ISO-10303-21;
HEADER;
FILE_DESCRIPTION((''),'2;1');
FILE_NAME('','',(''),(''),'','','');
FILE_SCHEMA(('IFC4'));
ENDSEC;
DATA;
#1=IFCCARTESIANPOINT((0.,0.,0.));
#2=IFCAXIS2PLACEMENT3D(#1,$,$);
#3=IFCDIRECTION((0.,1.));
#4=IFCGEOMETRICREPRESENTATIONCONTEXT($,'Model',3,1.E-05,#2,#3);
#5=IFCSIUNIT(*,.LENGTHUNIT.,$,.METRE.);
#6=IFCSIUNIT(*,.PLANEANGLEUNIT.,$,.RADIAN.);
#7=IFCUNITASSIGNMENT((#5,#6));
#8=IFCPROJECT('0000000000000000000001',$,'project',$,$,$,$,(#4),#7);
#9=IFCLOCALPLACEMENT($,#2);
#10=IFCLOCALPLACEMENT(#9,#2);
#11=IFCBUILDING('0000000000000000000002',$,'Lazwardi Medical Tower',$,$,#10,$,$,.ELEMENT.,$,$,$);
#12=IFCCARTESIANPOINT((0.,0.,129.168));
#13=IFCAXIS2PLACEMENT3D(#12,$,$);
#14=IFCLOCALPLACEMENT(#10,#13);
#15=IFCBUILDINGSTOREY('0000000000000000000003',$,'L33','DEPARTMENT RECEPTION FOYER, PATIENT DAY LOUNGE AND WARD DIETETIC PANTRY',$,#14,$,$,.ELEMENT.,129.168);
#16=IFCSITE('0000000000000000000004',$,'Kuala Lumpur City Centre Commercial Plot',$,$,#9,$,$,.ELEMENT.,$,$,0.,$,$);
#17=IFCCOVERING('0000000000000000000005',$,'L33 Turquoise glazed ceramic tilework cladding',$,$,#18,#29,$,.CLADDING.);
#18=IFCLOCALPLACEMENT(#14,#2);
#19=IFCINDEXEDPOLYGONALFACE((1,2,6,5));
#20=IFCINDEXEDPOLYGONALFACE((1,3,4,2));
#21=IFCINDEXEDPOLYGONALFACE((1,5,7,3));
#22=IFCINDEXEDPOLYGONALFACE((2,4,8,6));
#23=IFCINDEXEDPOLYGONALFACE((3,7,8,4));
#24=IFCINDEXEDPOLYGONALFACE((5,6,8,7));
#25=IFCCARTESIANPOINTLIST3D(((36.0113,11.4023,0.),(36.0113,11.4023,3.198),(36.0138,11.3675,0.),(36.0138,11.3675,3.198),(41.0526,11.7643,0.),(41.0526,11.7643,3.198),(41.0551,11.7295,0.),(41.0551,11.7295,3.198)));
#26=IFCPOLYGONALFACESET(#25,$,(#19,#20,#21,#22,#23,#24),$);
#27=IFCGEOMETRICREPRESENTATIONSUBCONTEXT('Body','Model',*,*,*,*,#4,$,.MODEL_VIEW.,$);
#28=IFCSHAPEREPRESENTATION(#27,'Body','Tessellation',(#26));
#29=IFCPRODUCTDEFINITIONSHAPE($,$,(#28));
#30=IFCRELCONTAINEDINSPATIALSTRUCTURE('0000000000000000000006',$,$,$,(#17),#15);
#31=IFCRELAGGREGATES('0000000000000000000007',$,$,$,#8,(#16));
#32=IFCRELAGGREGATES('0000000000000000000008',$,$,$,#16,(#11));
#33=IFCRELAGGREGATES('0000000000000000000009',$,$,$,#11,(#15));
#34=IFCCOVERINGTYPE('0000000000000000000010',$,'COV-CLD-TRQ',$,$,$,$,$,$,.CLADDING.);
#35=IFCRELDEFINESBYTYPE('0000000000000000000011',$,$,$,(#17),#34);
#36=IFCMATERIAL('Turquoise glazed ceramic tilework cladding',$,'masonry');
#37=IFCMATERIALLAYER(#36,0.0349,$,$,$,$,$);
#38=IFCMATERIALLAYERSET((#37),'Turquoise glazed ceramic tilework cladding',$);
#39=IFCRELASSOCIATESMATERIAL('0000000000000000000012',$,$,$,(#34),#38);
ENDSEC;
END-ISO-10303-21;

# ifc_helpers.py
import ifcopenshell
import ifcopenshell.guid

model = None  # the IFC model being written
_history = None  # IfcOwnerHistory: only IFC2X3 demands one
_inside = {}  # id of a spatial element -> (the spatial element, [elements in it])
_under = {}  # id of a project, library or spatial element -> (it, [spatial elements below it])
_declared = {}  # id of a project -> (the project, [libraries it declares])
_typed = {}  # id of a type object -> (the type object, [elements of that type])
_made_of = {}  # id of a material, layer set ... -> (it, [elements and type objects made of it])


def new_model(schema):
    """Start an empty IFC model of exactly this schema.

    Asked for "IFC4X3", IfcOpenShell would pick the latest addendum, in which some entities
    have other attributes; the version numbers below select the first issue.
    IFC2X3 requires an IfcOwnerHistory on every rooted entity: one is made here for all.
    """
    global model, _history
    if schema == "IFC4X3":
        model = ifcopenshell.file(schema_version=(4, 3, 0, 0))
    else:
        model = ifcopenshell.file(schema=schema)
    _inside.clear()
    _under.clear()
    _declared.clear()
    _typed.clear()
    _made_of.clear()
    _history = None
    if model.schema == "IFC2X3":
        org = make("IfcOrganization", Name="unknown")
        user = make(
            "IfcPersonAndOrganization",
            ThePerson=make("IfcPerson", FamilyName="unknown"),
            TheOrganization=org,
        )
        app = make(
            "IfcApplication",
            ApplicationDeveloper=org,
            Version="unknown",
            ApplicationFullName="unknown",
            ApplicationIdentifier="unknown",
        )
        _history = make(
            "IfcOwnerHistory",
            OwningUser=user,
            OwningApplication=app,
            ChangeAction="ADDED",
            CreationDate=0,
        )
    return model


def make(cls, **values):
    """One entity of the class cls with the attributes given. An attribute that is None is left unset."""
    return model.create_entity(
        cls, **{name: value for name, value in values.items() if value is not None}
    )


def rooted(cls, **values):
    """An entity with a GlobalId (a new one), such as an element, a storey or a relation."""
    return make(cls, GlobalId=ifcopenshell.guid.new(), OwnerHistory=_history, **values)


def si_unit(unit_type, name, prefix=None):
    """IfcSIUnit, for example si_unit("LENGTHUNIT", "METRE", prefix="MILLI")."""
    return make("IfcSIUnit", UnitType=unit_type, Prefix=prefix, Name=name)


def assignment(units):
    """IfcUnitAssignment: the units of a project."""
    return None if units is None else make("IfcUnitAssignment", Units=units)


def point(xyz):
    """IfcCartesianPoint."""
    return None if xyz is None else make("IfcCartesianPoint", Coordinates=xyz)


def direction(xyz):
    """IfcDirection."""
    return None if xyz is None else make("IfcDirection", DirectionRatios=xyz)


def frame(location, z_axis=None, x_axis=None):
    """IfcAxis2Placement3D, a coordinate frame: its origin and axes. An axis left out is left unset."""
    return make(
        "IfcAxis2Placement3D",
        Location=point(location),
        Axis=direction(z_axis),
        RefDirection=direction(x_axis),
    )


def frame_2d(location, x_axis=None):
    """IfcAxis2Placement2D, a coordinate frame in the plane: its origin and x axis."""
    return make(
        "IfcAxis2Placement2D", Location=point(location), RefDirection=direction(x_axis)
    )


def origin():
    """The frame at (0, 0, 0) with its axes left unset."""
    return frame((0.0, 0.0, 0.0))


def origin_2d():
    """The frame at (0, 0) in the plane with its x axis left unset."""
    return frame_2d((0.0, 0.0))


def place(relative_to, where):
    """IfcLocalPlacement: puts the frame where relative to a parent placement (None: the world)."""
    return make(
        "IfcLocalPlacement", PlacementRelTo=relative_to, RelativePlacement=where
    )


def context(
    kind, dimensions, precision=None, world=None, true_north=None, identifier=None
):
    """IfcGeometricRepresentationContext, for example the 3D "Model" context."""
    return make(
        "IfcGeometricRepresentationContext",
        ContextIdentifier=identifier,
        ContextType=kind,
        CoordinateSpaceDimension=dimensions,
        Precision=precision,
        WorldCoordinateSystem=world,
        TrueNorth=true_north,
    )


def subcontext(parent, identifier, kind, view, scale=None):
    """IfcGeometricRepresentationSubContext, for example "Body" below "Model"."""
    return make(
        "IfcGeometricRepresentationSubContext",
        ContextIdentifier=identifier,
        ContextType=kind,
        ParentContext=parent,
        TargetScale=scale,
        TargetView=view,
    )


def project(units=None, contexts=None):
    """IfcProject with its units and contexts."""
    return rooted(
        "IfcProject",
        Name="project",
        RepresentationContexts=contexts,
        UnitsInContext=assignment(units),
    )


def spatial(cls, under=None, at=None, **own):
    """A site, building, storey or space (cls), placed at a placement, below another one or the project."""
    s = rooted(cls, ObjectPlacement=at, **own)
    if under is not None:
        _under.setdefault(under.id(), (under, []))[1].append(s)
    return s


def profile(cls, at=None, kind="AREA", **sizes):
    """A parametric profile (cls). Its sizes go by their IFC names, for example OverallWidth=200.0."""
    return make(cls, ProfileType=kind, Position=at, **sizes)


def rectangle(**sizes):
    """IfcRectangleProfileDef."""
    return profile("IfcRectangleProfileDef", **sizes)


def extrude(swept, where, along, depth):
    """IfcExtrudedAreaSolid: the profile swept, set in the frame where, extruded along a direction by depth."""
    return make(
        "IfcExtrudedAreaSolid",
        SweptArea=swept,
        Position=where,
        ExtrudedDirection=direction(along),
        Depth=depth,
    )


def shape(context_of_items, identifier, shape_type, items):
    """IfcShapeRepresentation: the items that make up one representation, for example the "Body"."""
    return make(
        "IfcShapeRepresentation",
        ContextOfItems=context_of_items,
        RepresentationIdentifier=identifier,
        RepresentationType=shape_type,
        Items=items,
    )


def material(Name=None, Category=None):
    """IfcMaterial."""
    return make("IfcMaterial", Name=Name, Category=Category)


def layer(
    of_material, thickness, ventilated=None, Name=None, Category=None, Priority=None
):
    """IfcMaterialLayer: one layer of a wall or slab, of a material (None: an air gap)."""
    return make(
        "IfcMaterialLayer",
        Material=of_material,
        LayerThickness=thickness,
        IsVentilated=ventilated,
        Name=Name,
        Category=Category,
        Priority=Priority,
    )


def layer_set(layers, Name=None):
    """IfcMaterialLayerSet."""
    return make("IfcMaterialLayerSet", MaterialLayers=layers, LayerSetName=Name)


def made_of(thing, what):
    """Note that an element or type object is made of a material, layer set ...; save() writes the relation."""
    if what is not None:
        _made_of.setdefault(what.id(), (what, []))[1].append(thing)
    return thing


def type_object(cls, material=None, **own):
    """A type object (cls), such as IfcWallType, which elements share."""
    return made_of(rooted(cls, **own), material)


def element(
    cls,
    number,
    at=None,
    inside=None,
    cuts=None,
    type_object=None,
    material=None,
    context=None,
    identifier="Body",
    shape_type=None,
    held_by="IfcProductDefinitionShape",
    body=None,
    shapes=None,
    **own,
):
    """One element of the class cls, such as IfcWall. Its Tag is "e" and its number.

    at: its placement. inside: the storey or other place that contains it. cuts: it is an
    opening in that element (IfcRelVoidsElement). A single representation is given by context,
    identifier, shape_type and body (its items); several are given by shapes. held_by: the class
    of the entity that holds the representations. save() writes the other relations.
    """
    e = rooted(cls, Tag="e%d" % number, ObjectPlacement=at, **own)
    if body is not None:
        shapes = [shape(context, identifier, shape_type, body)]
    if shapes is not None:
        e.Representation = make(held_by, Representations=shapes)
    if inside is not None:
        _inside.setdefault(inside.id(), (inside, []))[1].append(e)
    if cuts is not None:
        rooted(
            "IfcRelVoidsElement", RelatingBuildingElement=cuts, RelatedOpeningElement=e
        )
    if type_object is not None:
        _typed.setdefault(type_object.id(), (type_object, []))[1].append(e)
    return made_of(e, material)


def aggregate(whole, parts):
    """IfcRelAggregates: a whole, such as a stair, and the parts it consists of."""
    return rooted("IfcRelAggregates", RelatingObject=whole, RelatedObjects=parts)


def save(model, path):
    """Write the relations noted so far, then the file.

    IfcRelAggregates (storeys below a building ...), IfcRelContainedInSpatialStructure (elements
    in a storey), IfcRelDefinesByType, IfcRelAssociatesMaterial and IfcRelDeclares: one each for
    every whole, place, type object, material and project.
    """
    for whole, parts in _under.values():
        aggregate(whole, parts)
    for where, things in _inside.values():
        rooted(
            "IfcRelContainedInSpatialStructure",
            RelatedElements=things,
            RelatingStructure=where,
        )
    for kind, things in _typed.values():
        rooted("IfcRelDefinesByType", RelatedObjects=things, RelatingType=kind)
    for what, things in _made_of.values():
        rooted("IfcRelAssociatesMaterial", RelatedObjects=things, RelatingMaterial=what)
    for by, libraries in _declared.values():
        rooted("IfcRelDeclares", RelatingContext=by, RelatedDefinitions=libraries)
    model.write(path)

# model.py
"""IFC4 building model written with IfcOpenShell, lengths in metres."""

from ifc_helpers import new_model, si_unit, direction, frame, origin, origin_2d, place, context, subcontext, project, spatial, rectangle, extrude, material, layer, layer_set, type_object, element, save


model = new_model("IFC4")

# Units and contexts
model_context = context("Model", 3, precision=1e-05, world=origin(), true_north=direction((0.0, 1.0)))
body_context = subcontext(model_context, "Body", "Model", "MODEL_VIEW")
ifc_project = project(units=[si_unit("LENGTHUNIT", "METRE"), si_unit("PLANEANGLEUNIT", "RADIAN")], contexts=[model_context])

# Site, building, storey
site_placement = place(None, origin())
site = spatial("IfcSite", under=ifc_project, at=site_placement, Name="Kuala Lumpur City Centre Commercial Plot", CompositionType="ELEMENT", RefElevation=0.0)
building_placement = place(site_placement, origin())
building = spatial("IfcBuilding", under=site, at=building_placement, Name="Lazwardi Medical Tower", CompositionType="ELEMENT")
storey_placement = place(building_placement, frame((0.0, 0.0, 129.168)))
storey = spatial("IfcBuildingStorey", under=building, at=storey_placement, Name="L33", Description="DEPARTMENT RECEPTION FOYER, PATIENT DAY LOUNGE AND WARD DIETETIC PANTRY", CompositionType="ELEMENT", Elevation=129.168)

# Covering
ifc_material_1 = material(Name="Turquoise glazed ceramic tilework cladding", Category="masonry")
ifc_layer_1 = layer(ifc_material_1, 0.0349)
ifc_layer_set_1 = layer_set([ifc_layer_1], Name="Turquoise glazed ceramic tilework cladding")
covering_type_1 = type_object("IfcCoveringType", Name="COV-CLD-TRQ", PredefinedType="CLADDING", material=ifc_layer_set_1)
covering_1_placement = place(storey_placement, frame((38.5332, 11.5659, 0.0), z_axis=(0.0, 0.0, 1.0), x_axis=(0.997432, 0.071625, 0.0)))
element("IfcCovering", 1, at=covering_1_placement, inside=storey, type_object=covering_type_1, Name="L33 Turquoise glazed ceramic tilework cladding", PredefinedType="CLADDING", context=body_context, shape_type="SweptSolid", body=[
    extrude(rectangle(XDim=5.0542, YDim=0.0349, at=origin_2d()), origin(), (0.0, 0.0, 1.0), 3.198),
])

save(model, "model.ifc")
